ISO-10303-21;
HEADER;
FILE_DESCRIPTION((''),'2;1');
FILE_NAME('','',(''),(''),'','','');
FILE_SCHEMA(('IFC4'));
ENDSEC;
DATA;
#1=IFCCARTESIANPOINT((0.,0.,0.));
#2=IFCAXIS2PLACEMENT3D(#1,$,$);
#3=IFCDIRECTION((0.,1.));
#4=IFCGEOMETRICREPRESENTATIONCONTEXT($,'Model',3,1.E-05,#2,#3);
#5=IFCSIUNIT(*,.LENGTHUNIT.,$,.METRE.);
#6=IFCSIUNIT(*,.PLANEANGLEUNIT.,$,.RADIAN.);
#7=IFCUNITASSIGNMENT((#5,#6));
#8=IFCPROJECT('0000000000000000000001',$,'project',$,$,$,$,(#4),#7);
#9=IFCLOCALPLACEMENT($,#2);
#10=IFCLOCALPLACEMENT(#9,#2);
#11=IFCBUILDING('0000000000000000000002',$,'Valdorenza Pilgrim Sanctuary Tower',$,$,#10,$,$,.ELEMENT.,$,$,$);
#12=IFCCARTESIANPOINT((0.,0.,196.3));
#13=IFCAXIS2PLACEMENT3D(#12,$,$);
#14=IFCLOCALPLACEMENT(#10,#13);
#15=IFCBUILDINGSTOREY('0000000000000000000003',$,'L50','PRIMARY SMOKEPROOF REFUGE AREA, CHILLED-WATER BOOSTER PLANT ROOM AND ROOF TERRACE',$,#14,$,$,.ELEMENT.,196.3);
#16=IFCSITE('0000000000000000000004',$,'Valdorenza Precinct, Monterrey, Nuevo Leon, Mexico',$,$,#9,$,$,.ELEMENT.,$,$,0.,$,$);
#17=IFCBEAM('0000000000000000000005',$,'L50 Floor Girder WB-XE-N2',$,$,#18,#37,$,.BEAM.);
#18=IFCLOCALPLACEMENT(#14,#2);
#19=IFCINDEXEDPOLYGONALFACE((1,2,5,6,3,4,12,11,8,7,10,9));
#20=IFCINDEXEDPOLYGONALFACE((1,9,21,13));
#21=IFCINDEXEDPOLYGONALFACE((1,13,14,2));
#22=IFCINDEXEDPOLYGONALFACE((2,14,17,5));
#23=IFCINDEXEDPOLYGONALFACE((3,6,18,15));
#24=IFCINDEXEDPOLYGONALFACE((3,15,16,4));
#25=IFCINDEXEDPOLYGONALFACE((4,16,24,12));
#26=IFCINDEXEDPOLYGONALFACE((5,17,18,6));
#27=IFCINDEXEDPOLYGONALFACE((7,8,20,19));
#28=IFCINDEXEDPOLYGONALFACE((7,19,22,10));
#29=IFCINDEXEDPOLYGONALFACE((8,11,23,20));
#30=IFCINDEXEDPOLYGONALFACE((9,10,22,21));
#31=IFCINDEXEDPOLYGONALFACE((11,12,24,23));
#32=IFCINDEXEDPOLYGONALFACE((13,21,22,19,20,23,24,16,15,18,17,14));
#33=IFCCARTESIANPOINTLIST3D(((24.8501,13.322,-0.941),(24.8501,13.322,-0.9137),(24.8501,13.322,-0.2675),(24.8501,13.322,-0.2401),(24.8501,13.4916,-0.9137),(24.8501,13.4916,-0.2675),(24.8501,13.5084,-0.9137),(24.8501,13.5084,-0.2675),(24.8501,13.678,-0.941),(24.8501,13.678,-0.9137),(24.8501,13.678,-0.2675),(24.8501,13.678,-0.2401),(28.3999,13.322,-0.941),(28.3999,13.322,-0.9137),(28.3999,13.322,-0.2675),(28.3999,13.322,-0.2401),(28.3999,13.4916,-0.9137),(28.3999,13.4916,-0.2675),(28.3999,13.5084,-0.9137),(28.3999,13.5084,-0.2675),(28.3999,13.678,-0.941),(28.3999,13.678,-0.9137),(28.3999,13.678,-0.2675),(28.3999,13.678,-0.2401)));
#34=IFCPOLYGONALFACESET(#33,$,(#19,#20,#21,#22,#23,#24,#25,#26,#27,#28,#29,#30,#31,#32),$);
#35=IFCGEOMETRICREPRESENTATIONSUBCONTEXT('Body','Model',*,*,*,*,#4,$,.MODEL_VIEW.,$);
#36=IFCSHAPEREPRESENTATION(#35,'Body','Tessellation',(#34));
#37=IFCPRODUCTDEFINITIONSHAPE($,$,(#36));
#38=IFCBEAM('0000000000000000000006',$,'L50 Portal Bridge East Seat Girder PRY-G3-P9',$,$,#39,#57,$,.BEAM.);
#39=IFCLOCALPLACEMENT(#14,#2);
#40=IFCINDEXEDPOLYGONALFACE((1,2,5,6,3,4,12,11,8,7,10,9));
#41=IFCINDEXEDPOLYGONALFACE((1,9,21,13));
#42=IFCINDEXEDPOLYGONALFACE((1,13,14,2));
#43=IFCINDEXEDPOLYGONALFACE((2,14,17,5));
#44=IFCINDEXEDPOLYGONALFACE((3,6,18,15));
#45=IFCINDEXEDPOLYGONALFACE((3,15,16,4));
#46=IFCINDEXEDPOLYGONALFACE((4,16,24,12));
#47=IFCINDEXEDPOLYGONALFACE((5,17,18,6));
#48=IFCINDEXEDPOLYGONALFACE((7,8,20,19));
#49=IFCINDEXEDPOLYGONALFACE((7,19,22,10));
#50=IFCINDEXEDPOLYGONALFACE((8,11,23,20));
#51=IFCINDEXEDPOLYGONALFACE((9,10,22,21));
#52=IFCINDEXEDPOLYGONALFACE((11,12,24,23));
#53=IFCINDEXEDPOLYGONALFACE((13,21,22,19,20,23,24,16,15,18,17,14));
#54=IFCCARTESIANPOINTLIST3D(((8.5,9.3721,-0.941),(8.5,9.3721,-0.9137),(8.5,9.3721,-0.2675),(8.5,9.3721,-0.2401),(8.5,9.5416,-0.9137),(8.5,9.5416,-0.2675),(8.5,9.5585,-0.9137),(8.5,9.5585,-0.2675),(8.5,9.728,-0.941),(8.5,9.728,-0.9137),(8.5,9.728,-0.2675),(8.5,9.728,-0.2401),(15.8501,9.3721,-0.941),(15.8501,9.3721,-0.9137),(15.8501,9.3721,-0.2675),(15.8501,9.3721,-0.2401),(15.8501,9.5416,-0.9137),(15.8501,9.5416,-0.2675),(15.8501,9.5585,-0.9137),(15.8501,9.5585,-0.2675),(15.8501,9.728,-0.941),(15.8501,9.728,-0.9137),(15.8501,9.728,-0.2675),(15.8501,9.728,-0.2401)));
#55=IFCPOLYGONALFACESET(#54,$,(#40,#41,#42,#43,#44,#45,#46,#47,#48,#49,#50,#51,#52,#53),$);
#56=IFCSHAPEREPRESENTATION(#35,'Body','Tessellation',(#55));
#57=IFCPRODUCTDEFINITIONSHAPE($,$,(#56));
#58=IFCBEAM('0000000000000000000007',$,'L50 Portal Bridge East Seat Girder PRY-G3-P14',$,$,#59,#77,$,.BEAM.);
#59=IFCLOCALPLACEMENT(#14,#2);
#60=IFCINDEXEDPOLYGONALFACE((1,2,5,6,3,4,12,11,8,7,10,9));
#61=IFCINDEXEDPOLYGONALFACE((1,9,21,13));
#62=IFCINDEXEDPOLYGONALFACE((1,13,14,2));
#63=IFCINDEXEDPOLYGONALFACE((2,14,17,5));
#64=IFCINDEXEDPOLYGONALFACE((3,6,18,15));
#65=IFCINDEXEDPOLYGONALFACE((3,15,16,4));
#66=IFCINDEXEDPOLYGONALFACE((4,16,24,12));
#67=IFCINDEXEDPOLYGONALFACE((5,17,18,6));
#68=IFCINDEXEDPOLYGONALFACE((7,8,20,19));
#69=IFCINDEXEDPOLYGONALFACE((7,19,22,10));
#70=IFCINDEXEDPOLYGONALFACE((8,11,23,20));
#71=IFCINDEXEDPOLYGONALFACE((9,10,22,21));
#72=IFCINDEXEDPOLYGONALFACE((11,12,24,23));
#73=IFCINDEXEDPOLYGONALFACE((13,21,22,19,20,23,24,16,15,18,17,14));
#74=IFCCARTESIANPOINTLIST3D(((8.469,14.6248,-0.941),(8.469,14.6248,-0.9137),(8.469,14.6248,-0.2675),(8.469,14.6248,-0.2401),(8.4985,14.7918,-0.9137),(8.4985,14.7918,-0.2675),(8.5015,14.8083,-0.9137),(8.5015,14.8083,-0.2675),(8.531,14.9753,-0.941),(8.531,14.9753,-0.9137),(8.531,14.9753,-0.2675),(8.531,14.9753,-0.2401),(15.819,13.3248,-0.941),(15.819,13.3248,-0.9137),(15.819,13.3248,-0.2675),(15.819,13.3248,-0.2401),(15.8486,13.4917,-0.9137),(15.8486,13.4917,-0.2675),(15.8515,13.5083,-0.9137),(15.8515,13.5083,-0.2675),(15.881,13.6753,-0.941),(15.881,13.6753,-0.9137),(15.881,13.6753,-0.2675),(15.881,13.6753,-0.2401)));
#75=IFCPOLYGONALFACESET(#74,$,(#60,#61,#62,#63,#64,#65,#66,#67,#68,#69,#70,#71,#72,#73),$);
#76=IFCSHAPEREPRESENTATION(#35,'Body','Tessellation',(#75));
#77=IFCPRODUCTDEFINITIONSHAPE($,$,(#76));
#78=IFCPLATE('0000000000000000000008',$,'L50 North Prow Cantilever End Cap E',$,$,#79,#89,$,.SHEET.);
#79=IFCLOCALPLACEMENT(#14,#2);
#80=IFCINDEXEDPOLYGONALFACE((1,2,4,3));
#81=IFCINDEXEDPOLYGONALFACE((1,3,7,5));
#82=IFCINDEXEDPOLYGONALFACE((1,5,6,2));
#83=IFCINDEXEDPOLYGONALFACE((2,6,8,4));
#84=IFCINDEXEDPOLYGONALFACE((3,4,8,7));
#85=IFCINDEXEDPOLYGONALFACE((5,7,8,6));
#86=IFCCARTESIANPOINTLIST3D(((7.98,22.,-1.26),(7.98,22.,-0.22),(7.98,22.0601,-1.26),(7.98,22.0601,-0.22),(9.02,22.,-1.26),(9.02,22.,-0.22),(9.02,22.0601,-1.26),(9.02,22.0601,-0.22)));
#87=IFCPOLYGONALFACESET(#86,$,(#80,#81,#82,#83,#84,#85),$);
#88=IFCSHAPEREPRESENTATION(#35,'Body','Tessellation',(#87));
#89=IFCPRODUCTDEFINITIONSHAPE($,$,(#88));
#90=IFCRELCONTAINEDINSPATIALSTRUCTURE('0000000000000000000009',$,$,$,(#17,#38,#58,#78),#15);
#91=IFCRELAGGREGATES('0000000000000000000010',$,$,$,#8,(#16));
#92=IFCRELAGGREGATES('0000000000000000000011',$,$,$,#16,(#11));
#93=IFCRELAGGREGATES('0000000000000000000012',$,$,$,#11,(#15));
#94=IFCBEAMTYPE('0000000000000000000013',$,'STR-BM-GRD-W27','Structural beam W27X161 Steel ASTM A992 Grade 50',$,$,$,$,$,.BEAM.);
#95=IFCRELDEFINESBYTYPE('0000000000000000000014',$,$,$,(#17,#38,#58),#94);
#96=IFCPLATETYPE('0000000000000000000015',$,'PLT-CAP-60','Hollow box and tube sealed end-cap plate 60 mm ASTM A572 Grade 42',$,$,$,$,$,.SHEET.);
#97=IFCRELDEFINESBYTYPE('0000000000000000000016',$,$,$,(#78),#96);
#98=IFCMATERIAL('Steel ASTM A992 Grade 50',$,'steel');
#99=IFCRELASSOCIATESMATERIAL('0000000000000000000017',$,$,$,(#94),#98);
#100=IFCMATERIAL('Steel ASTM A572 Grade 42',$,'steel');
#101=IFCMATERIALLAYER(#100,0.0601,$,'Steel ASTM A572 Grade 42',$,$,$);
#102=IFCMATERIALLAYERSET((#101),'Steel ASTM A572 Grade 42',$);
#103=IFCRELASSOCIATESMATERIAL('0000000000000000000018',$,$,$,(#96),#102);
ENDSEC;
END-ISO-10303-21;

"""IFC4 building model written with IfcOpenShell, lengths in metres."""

from ifc_helpers import new_model, si_unit, direction, frame, origin, origin_2d, place, context, subcontext, project, spatial, rectangle, i_section, extrude, source, transform, mapped, material, layer, layer_set, material_profile, profile_set, type_object, element, save


model = new_model("IFC4")

# Units and contexts
model_context = context("Model", 3, precision=1e-05, world=origin(), true_north=direction((0.0, 1.0)))
body_context = subcontext(model_context, "Body", "Model", "MODEL_VIEW")
ifc_project = project(units=[si_unit("LENGTHUNIT", "METRE"), si_unit("PLANEANGLEUNIT", "RADIAN")], contexts=[model_context])

# Site, building, storey
site_placement = place(None, origin())
site = spatial("IfcSite", under=ifc_project, at=site_placement, Name="Valdorenza Precinct, Monterrey, Nuevo Leon, Mexico", CompositionType="ELEMENT", RefElevation=0.0)
building_placement = place(site_placement, origin())
building = spatial("IfcBuilding", under=site, at=building_placement, Name="Valdorenza Pilgrim Sanctuary Tower", CompositionType="ELEMENT")
storey_placement = place(building_placement, frame((0.0, 0.0, 196.3)))
storey = spatial("IfcBuildingStorey", under=building, at=storey_placement, Name="L50", Description="PRIMARY SMOKEPROOF REFUGE AREA, CHILLED-WATER BOOSTER PLANT ROOM AND ROOF TERRACE", CompositionType="ELEMENT", Elevation=196.3)

# Beams
ifc_material_1 = material(Name="Steel ASTM A992 Grade 50", Category="steel")
ifc_material_2 = material(Name="Steel ASTM A572 Grade 42", Category="steel")
ifc_material_profile_1 = material_profile(ifc_material_1, i_section(OverallWidth=0.356, OverallDepth=0.7009, WebThickness=0.0168, FlangeThickness=0.0273, at=origin_2d()), Name="W27X161")
ifc_profile_set_1 = profile_set([ifc_material_profile_1], Name="Steel ASTM A992 Grade 50")
beam_type_1 = type_object("IfcBeamType", Name="STR-BM-GRD-W27", Description="Structural beam W27X161 Steel ASTM A992 Grade 50", PredefinedType="BEAM", material=ifc_profile_set_1)
shared_shape_1 = source(origin(), body_context, "Body", "SweptSolid", [
    extrude(i_section(OverallWidth=0.356, OverallDepth=0.7009, WebThickness=0.0168, FlangeThickness=0.0273, at=origin_2d()), origin(), (0.0, 0.0, 1.0), 3.5498),
])
for number, where, z_axis, x_axis, name in (
    (1, (24.8501, 13.5, -0.5906), (1.0, 0.0, 0.0), (0.0, 1.0, 0.0), "L50 Floor Girder WB-XE-N2"),
):
    element("IfcBeam", number, at=place(storey_placement, frame(where, z_axis=z_axis, x_axis=x_axis)), inside=storey, type_object=beam_type_1, Name=name, PredefinedType="BEAM", context=body_context, shape_type="MappedRepresentation", body=[
        mapped(shared_shape_1, transform((0.0, 0.0, 0.0), x_axis=(1.0, 0.0, 0.0), y_axis=(0.0, 1.0, 0.0), z_axis=(0.0, 0.0, 1.0), scale=1.0)),
    ])
shared_shape_2 = source(origin(), body_context, "Body", "SweptSolid", [
    extrude(i_section(OverallWidth=0.356, OverallDepth=0.7009, WebThickness=0.0168, FlangeThickness=0.0273, at=origin_2d()), origin(), (0.0, 0.0, 1.0), 7.3501),
])
beam_1_placement = place(storey_placement, frame((8.5, 9.55, -0.5906), z_axis=(1.0, 0.0, 0.0), x_axis=(0.0, 1.0, 0.0)))
element("IfcBeam", 2, at=beam_1_placement, inside=storey, type_object=beam_type_1, Name="L50 Portal Bridge East Seat Girder PRY-G3-P9", PredefinedType="BEAM", context=body_context, shape_type="MappedRepresentation", body=[
    mapped(shared_shape_2, transform((0.0, 0.0, 0.0), x_axis=(1.0, 0.0, 0.0), y_axis=(0.0, 1.0, 0.0), z_axis=(0.0, 0.0, 1.0), scale=1.0)),
])
shared_shape_3 = source(origin(), body_context, "Body", "SweptSolid", [
    extrude(i_section(OverallWidth=0.356, OverallDepth=0.7009, WebThickness=0.0168, FlangeThickness=0.0273, at=origin_2d()), origin(), (0.0, 0.0, 1.0), 7.4641),
])
beam_2_placement = place(storey_placement, frame((8.5, 14.8, -0.5906), z_axis=(0.984715, -0.174172, 0.0), x_axis=(0.174172, 0.984715, 0.0)))
element("IfcBeam", 3, at=beam_2_placement, inside=storey, type_object=beam_type_1, Name="L50 Portal Bridge East Seat Girder PRY-G3-P14", PredefinedType="BEAM", context=body_context, shape_type="MappedRepresentation", body=[
    mapped(shared_shape_3, transform((0.0, 0.0, 0.0), x_axis=(1.0, 0.0, 0.0), y_axis=(0.0, 1.0, 0.0), z_axis=(0.0, 0.0, 1.0), scale=1.0)),
])

# Plate
ifc_layer = layer(ifc_material_2, 0.0601, Name="Steel ASTM A572 Grade 42")
ifc_layer_set = layer_set([ifc_layer], Name="Steel ASTM A572 Grade 42")
plate_type = type_object("IfcPlateType", Name="PLT-CAP-60", Description="Hollow box and tube sealed end-cap plate 60 mm ASTM A572 Grade 42", PredefinedType="SHEET", material=ifc_layer_set)
shared_shape_4 = source(origin(), body_context, "Body", "SweptSolid", [
    extrude(rectangle(XDim=1.04, YDim=0.0601, at=origin_2d()), origin(), (0.0, 0.0, 1.0), 1.04),
])
plate_placement = place(storey_placement, frame((8.5, 22.03, -1.26), z_axis=(0.0, 0.0, 1.0), x_axis=(1.0, 0.0, 0.0)))
element("IfcPlate", 4, at=plate_placement, inside=storey, type_object=plate_type, Name="L50 North Prow Cantilever End Cap E", PredefinedType="SHEET", context=body_context, shape_type="MappedRepresentation", body=[
    mapped(shared_shape_4, transform((0.0, 0.0, 0.0), x_axis=(1.0, 0.0, 0.0), y_axis=(0.0, 1.0, 0.0), z_axis=(0.0, 0.0, 1.0), scale=1.0)),
])

save(model, "model.ifc")
